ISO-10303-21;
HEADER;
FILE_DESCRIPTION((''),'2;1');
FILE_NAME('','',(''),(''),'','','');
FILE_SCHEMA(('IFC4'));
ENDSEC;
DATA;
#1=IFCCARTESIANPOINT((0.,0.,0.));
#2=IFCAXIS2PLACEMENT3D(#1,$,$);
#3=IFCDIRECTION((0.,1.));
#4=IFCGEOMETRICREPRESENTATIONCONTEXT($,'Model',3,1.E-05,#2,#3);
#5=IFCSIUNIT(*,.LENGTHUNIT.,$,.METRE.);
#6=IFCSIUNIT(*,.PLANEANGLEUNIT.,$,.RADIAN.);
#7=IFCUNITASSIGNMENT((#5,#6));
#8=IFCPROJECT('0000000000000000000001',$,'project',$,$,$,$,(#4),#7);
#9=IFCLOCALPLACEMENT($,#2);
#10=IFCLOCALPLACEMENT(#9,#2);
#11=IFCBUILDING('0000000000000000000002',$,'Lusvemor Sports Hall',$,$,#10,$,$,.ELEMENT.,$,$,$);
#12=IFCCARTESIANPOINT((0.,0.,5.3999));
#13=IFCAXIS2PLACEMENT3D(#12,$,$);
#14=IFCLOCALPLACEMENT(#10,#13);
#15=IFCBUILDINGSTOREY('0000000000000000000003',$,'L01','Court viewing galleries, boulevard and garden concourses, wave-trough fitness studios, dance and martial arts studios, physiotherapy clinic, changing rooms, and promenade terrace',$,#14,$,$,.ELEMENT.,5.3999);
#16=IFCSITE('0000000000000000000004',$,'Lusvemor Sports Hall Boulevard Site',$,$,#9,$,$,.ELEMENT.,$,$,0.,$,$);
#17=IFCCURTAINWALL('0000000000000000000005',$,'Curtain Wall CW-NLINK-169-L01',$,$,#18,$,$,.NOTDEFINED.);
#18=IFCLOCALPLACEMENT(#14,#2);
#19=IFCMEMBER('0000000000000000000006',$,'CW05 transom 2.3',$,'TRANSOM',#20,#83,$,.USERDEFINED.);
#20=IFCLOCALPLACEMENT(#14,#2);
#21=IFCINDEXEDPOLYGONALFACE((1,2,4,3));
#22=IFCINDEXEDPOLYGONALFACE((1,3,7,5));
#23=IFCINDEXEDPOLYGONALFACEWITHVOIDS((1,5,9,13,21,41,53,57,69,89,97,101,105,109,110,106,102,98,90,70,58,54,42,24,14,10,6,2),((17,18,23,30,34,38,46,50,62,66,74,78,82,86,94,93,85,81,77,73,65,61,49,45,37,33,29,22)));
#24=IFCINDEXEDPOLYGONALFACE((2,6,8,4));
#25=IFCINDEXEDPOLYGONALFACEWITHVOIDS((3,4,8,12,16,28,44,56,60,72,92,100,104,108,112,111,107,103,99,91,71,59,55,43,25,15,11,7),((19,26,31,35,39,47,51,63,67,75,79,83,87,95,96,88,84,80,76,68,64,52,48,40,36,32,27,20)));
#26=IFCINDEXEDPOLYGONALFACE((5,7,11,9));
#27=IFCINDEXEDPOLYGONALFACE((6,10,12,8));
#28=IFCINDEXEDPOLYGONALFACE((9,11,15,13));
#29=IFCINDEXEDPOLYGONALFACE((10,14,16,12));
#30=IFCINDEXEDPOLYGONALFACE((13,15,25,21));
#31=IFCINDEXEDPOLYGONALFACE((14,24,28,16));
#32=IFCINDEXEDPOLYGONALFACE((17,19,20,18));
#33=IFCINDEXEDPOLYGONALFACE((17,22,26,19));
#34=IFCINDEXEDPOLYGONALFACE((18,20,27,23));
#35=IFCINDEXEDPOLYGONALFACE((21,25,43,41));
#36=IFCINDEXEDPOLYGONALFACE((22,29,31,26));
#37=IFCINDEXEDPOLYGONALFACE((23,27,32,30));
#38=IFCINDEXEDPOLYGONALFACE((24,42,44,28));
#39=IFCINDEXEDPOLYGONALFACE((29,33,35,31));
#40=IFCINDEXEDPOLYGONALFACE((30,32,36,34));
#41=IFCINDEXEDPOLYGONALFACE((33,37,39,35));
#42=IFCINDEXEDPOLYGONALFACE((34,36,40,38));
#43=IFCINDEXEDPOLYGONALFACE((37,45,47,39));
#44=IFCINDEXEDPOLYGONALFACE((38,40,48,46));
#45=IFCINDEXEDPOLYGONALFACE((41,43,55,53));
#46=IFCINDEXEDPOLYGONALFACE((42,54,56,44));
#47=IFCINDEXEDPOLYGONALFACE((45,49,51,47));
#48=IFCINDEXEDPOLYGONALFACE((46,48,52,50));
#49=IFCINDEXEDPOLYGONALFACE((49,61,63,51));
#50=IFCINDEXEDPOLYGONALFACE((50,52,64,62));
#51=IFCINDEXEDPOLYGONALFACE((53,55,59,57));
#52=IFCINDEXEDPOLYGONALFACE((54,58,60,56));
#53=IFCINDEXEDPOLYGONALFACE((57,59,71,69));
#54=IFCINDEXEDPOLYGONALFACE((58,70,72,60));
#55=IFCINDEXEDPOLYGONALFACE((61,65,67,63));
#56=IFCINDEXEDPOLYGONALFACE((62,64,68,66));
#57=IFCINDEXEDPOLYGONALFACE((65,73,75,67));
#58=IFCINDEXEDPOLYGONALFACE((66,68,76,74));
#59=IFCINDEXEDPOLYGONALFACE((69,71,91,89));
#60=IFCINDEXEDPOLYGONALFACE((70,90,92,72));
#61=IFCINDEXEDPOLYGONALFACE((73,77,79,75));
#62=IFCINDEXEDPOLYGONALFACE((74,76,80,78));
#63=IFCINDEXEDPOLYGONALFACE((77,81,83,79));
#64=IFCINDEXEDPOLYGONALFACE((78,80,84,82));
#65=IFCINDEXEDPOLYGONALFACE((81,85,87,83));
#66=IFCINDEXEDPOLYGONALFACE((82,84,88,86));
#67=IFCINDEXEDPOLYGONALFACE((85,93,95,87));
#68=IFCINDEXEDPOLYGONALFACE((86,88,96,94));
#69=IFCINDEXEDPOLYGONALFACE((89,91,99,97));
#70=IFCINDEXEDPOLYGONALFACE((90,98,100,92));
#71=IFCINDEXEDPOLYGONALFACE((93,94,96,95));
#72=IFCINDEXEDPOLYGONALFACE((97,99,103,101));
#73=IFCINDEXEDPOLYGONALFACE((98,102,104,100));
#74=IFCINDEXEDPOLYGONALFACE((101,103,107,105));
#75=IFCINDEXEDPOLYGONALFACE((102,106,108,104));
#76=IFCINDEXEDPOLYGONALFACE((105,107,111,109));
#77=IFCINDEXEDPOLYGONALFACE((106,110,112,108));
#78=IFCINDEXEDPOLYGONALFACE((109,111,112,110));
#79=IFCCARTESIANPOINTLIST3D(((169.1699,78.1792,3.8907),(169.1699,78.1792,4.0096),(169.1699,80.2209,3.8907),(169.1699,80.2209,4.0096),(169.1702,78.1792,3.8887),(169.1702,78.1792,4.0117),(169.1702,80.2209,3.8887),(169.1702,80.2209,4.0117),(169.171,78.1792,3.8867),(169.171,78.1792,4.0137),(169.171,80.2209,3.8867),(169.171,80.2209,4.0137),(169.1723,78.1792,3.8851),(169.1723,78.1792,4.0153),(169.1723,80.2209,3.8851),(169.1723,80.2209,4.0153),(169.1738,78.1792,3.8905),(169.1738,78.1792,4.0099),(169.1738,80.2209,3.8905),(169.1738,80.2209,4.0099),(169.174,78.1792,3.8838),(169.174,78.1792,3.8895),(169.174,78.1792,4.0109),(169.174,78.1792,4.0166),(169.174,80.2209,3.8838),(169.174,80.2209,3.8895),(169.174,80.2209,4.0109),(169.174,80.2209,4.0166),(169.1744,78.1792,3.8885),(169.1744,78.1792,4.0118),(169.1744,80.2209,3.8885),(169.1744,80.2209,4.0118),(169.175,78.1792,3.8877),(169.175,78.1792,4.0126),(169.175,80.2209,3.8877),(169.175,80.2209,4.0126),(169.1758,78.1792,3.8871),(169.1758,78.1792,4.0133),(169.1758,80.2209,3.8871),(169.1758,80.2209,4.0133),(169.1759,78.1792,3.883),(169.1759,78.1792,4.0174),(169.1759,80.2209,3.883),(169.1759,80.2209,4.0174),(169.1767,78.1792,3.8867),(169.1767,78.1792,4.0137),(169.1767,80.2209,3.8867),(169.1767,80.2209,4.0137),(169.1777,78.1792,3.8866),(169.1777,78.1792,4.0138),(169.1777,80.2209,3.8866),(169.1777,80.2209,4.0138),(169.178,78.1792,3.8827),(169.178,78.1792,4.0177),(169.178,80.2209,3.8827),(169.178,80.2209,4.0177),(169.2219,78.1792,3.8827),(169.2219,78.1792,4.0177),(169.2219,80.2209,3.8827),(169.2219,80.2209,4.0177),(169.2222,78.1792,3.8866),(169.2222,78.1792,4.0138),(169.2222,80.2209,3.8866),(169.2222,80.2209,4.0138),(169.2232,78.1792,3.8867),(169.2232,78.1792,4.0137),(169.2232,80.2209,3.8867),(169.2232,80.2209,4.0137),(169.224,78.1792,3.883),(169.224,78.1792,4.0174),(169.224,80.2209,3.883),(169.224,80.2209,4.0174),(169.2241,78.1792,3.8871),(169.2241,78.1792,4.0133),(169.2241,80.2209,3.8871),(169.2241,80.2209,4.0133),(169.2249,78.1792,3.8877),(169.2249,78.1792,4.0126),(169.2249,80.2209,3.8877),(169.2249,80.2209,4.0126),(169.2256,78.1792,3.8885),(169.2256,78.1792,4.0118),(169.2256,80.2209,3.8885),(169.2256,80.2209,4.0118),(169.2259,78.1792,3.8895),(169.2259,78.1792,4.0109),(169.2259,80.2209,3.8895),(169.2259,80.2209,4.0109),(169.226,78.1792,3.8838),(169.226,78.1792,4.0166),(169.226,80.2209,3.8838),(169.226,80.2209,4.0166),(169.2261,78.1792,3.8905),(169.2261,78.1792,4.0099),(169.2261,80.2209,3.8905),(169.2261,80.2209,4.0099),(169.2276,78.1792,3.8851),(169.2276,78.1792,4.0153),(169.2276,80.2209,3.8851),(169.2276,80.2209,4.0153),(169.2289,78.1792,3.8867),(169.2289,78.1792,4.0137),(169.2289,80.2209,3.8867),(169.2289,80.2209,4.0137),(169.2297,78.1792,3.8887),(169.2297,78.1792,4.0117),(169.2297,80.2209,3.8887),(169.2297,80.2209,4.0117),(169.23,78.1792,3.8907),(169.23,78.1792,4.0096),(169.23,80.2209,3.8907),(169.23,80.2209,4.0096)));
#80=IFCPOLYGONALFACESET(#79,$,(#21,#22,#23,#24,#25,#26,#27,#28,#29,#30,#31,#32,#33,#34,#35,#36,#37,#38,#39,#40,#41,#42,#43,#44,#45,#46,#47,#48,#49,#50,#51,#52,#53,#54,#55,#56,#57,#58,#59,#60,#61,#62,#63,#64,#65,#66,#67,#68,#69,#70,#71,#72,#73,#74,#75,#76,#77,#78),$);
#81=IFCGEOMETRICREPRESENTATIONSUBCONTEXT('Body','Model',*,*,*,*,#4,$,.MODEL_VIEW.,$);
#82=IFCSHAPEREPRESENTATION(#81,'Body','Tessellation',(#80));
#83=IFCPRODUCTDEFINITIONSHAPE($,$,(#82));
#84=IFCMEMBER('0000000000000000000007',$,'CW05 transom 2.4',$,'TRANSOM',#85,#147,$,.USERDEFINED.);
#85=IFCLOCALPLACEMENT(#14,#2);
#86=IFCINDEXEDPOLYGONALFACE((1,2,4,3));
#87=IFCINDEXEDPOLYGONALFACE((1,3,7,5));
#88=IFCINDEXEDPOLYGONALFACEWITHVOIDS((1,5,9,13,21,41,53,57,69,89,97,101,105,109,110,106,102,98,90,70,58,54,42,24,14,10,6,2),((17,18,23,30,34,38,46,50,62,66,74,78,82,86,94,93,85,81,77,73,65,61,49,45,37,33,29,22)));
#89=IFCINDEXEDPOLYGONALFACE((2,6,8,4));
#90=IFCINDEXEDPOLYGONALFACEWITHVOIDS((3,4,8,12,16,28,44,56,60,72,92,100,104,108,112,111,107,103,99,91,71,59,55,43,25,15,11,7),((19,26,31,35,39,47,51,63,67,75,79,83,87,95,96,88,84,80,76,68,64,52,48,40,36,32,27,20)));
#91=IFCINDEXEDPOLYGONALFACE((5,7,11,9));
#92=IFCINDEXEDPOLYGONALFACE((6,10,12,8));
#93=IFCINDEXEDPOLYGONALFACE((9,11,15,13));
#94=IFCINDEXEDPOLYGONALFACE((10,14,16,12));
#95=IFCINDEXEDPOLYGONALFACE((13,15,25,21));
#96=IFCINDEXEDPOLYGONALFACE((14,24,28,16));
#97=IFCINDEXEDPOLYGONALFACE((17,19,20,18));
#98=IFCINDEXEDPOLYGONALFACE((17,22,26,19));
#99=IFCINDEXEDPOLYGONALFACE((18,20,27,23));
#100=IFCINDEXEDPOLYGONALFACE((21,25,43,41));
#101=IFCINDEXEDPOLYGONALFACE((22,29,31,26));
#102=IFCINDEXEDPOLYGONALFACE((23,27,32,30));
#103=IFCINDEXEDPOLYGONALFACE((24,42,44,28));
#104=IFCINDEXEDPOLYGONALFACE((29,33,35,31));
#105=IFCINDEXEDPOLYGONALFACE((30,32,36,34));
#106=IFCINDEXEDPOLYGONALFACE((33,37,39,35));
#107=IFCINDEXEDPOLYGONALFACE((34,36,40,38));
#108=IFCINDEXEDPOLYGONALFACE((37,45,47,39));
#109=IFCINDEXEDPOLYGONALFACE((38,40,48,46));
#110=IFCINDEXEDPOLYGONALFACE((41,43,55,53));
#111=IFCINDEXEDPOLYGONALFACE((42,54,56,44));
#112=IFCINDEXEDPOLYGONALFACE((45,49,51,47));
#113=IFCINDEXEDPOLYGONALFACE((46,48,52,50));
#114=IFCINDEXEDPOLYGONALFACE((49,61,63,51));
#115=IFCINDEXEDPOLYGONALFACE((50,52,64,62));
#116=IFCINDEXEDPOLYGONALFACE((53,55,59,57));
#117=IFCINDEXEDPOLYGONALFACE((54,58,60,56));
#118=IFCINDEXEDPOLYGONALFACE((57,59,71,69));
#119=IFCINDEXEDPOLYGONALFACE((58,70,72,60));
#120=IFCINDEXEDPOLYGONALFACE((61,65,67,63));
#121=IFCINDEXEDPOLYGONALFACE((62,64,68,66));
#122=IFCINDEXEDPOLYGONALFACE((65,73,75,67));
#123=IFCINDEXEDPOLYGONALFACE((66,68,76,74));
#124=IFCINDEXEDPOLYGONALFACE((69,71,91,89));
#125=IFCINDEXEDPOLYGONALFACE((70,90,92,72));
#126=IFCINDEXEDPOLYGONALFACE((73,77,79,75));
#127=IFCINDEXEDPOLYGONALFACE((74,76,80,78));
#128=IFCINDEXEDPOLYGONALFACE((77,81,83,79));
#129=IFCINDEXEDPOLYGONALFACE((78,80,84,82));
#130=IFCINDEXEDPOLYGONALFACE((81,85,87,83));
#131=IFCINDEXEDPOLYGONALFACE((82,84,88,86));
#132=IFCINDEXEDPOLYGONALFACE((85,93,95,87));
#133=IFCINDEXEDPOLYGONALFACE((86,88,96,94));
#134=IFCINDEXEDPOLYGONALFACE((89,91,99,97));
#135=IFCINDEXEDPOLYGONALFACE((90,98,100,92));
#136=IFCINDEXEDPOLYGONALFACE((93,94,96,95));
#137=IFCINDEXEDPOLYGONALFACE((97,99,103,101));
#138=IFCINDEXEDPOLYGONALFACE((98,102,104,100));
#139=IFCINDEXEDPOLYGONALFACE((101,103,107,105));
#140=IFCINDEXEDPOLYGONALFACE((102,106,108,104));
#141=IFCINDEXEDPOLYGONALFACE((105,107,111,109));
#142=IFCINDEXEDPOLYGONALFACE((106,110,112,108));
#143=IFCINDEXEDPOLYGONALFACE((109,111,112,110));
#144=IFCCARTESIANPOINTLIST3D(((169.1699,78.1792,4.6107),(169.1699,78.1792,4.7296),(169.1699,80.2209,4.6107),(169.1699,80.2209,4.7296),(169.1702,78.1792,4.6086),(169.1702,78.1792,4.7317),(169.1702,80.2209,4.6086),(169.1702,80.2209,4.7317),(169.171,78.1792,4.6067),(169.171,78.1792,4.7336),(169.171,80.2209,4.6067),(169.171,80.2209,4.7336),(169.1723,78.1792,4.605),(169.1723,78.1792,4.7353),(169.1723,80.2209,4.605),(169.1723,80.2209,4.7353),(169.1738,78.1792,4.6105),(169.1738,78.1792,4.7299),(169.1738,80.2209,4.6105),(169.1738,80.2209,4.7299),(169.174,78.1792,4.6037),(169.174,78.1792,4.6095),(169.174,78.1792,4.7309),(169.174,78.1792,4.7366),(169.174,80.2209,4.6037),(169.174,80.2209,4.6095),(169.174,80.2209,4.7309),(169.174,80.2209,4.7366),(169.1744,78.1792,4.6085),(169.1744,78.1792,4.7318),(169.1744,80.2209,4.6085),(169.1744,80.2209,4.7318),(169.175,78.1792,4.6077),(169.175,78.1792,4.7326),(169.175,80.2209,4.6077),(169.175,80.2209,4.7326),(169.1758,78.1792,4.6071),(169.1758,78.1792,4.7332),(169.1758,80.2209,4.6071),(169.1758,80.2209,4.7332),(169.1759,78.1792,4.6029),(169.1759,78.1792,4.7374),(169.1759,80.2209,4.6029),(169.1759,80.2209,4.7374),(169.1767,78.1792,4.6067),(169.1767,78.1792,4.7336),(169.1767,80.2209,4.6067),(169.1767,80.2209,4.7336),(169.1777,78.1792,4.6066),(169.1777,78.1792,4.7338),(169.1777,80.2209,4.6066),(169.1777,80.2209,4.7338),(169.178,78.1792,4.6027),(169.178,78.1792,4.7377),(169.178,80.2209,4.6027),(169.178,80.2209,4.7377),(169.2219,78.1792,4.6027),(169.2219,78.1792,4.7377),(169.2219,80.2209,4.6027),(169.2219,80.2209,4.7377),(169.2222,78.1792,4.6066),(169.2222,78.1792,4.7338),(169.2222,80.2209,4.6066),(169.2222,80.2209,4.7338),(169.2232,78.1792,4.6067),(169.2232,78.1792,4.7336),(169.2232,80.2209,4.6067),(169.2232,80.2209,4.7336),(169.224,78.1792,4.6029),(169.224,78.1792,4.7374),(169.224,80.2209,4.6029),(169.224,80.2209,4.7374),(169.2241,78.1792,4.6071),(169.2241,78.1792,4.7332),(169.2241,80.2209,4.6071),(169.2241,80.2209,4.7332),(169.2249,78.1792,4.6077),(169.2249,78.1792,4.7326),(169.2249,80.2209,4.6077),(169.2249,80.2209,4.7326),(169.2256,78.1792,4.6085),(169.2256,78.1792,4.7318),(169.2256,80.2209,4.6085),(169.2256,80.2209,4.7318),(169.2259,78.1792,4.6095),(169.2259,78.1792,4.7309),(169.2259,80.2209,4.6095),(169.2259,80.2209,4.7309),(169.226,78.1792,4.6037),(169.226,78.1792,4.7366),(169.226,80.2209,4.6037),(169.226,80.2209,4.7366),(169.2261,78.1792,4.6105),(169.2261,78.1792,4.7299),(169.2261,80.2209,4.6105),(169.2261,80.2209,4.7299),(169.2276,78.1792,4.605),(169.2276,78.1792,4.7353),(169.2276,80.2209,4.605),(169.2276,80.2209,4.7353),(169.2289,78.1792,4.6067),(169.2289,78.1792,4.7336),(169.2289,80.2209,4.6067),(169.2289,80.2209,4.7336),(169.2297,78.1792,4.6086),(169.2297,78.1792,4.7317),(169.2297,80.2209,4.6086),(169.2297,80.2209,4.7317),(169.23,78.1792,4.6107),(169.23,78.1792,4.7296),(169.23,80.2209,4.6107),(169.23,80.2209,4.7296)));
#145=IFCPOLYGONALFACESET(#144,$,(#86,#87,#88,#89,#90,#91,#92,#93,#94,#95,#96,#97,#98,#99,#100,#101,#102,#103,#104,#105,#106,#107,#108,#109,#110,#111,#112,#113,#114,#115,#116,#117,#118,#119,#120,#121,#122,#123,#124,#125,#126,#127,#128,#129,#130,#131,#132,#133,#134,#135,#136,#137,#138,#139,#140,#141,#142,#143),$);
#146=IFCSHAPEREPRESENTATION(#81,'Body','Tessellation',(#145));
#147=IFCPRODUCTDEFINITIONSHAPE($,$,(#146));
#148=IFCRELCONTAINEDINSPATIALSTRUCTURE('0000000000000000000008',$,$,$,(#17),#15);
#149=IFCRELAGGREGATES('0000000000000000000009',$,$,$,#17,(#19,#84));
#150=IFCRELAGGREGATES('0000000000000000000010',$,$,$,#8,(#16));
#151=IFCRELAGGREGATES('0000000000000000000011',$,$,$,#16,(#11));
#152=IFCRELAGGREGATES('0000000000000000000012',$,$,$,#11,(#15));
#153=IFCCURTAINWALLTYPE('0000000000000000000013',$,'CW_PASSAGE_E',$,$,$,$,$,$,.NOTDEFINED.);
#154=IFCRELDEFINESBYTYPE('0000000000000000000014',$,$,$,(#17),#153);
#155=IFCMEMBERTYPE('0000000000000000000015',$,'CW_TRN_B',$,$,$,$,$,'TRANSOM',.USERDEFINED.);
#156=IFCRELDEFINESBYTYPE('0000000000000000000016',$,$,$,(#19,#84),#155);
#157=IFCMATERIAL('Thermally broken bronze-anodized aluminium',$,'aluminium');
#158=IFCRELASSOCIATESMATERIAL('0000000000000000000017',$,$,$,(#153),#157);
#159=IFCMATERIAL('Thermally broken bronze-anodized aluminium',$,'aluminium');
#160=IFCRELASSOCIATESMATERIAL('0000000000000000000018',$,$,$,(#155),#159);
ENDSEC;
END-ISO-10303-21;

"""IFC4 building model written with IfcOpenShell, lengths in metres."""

from ifc_helpers import new_model, si_unit, direction, frame, origin, origin_2d, place, context, subcontext, project, spatial, hollow_rectangle, extrude, material, material_profile, profile_set, type_object, element, aggregate, save


model = new_model("IFC4")

# Units and contexts
model_context = context("Model", 3, precision=1e-05, world=origin(), true_north=direction((0.0, 1.0)))
body_context = subcontext(model_context, "Body", "Model", "MODEL_VIEW")
ifc_project = project(units=[si_unit("LENGTHUNIT", "METRE"), si_unit("PLANEANGLEUNIT", "RADIAN")], contexts=[model_context])

# Site, building, storey
site_placement = place(None, origin())
site = spatial("IfcSite", under=ifc_project, at=site_placement, Name="Lusvemor Sports Hall Boulevard Site", CompositionType="ELEMENT", RefElevation=0.0)
building_placement = place(site_placement, origin())
building = spatial("IfcBuilding", under=site, at=building_placement, Name="Lusvemor Sports Hall", CompositionType="ELEMENT")
storey_placement = place(building_placement, frame((0.0, 0.0, 5.3999)))
storey = spatial("IfcBuildingStorey", under=building, at=storey_placement, Name="L01", Description="Court viewing galleries, boulevard and garden concourses, wave-trough fitness studios, dance and martial arts studios, physiotherapy clinic, changing rooms, and promenade terrace", CompositionType="ELEMENT", Elevation=5.3999)

# Curtain wall, members
ifc_material_1 = material(Name="Thermally broken bronze-anodized aluminium", Category="aluminium")
curtain_wall_type = type_object("IfcCurtainWallType", Name="CW_PASSAGE_E", PredefinedType="NOTDEFINED", material=ifc_material_1)
curtain_wall_placement = place(storey_placement, origin())
curtain_wall = element("IfcCurtainWall", 1, at=curtain_wall_placement, inside=storey, type_object=curtain_wall_type, Name="Curtain Wall CW-NLINK-169-L01", PredefinedType="NOTDEFINED")
ifc_material_2 = material(Name="Thermally broken bronze-anodized aluminium", Category="aluminium")
ifc_material_profile_1 = material_profile(ifc_material_2, hollow_rectangle(XDim=0.0601, YDim=0.135, WallThickness=0.0039, InnerFilletRadius=0.0039, OuterFilletRadius=0.0081, at=origin_2d()), Name="CWTRN135x60x4")
ifc_profile_set_1 = profile_set([ifc_material_profile_1], Name="Thermally broken bronze-anodized aluminium")
member_type_1 = type_object("IfcMemberType", Name="CW_TRN_B", ElementType="TRANSOM", PredefinedType="USERDEFINED", material=ifc_profile_set_1)
member_1_placement = place(storey_placement, frame((169.2, 78.1792, 3.9502), z_axis=(0.0, 1.0, 0.0), x_axis=(-1.0, 0.0, 0.0)))
member_1 = element("IfcMember", 2, at=member_1_placement, type_object=member_type_1, Name="CW05 transom 2.3", ObjectType="TRANSOM", PredefinedType="USERDEFINED", context=body_context, shape_type="SweptSolid", body=[
    extrude(hollow_rectangle(XDim=0.0601, YDim=0.135, WallThickness=0.0039, InnerFilletRadius=0.0039, OuterFilletRadius=0.0081, at=origin_2d()), origin(), (0.0, 0.0, 1.0), 2.0417),
])
member_2_placement = place(storey_placement, frame((169.2, 78.1792, 4.6702), z_axis=(0.0, 1.0, 0.0), x_axis=(-1.0, 0.0, 0.0)))
member_2 = element("IfcMember", 3, at=member_2_placement, type_object=member_type_1, Name="CW05 transom 2.4", ObjectType="TRANSOM", PredefinedType="USERDEFINED", context=body_context, shape_type="SweptSolid", body=[
    extrude(hollow_rectangle(XDim=0.0601, YDim=0.135, WallThickness=0.0039, InnerFilletRadius=0.0039, OuterFilletRadius=0.0081, at=origin_2d()), origin(), (0.0, 0.0, 1.0), 2.0417),
])

aggregate(curtain_wall, [member_1, member_2])

save(model, "model.ifc")
